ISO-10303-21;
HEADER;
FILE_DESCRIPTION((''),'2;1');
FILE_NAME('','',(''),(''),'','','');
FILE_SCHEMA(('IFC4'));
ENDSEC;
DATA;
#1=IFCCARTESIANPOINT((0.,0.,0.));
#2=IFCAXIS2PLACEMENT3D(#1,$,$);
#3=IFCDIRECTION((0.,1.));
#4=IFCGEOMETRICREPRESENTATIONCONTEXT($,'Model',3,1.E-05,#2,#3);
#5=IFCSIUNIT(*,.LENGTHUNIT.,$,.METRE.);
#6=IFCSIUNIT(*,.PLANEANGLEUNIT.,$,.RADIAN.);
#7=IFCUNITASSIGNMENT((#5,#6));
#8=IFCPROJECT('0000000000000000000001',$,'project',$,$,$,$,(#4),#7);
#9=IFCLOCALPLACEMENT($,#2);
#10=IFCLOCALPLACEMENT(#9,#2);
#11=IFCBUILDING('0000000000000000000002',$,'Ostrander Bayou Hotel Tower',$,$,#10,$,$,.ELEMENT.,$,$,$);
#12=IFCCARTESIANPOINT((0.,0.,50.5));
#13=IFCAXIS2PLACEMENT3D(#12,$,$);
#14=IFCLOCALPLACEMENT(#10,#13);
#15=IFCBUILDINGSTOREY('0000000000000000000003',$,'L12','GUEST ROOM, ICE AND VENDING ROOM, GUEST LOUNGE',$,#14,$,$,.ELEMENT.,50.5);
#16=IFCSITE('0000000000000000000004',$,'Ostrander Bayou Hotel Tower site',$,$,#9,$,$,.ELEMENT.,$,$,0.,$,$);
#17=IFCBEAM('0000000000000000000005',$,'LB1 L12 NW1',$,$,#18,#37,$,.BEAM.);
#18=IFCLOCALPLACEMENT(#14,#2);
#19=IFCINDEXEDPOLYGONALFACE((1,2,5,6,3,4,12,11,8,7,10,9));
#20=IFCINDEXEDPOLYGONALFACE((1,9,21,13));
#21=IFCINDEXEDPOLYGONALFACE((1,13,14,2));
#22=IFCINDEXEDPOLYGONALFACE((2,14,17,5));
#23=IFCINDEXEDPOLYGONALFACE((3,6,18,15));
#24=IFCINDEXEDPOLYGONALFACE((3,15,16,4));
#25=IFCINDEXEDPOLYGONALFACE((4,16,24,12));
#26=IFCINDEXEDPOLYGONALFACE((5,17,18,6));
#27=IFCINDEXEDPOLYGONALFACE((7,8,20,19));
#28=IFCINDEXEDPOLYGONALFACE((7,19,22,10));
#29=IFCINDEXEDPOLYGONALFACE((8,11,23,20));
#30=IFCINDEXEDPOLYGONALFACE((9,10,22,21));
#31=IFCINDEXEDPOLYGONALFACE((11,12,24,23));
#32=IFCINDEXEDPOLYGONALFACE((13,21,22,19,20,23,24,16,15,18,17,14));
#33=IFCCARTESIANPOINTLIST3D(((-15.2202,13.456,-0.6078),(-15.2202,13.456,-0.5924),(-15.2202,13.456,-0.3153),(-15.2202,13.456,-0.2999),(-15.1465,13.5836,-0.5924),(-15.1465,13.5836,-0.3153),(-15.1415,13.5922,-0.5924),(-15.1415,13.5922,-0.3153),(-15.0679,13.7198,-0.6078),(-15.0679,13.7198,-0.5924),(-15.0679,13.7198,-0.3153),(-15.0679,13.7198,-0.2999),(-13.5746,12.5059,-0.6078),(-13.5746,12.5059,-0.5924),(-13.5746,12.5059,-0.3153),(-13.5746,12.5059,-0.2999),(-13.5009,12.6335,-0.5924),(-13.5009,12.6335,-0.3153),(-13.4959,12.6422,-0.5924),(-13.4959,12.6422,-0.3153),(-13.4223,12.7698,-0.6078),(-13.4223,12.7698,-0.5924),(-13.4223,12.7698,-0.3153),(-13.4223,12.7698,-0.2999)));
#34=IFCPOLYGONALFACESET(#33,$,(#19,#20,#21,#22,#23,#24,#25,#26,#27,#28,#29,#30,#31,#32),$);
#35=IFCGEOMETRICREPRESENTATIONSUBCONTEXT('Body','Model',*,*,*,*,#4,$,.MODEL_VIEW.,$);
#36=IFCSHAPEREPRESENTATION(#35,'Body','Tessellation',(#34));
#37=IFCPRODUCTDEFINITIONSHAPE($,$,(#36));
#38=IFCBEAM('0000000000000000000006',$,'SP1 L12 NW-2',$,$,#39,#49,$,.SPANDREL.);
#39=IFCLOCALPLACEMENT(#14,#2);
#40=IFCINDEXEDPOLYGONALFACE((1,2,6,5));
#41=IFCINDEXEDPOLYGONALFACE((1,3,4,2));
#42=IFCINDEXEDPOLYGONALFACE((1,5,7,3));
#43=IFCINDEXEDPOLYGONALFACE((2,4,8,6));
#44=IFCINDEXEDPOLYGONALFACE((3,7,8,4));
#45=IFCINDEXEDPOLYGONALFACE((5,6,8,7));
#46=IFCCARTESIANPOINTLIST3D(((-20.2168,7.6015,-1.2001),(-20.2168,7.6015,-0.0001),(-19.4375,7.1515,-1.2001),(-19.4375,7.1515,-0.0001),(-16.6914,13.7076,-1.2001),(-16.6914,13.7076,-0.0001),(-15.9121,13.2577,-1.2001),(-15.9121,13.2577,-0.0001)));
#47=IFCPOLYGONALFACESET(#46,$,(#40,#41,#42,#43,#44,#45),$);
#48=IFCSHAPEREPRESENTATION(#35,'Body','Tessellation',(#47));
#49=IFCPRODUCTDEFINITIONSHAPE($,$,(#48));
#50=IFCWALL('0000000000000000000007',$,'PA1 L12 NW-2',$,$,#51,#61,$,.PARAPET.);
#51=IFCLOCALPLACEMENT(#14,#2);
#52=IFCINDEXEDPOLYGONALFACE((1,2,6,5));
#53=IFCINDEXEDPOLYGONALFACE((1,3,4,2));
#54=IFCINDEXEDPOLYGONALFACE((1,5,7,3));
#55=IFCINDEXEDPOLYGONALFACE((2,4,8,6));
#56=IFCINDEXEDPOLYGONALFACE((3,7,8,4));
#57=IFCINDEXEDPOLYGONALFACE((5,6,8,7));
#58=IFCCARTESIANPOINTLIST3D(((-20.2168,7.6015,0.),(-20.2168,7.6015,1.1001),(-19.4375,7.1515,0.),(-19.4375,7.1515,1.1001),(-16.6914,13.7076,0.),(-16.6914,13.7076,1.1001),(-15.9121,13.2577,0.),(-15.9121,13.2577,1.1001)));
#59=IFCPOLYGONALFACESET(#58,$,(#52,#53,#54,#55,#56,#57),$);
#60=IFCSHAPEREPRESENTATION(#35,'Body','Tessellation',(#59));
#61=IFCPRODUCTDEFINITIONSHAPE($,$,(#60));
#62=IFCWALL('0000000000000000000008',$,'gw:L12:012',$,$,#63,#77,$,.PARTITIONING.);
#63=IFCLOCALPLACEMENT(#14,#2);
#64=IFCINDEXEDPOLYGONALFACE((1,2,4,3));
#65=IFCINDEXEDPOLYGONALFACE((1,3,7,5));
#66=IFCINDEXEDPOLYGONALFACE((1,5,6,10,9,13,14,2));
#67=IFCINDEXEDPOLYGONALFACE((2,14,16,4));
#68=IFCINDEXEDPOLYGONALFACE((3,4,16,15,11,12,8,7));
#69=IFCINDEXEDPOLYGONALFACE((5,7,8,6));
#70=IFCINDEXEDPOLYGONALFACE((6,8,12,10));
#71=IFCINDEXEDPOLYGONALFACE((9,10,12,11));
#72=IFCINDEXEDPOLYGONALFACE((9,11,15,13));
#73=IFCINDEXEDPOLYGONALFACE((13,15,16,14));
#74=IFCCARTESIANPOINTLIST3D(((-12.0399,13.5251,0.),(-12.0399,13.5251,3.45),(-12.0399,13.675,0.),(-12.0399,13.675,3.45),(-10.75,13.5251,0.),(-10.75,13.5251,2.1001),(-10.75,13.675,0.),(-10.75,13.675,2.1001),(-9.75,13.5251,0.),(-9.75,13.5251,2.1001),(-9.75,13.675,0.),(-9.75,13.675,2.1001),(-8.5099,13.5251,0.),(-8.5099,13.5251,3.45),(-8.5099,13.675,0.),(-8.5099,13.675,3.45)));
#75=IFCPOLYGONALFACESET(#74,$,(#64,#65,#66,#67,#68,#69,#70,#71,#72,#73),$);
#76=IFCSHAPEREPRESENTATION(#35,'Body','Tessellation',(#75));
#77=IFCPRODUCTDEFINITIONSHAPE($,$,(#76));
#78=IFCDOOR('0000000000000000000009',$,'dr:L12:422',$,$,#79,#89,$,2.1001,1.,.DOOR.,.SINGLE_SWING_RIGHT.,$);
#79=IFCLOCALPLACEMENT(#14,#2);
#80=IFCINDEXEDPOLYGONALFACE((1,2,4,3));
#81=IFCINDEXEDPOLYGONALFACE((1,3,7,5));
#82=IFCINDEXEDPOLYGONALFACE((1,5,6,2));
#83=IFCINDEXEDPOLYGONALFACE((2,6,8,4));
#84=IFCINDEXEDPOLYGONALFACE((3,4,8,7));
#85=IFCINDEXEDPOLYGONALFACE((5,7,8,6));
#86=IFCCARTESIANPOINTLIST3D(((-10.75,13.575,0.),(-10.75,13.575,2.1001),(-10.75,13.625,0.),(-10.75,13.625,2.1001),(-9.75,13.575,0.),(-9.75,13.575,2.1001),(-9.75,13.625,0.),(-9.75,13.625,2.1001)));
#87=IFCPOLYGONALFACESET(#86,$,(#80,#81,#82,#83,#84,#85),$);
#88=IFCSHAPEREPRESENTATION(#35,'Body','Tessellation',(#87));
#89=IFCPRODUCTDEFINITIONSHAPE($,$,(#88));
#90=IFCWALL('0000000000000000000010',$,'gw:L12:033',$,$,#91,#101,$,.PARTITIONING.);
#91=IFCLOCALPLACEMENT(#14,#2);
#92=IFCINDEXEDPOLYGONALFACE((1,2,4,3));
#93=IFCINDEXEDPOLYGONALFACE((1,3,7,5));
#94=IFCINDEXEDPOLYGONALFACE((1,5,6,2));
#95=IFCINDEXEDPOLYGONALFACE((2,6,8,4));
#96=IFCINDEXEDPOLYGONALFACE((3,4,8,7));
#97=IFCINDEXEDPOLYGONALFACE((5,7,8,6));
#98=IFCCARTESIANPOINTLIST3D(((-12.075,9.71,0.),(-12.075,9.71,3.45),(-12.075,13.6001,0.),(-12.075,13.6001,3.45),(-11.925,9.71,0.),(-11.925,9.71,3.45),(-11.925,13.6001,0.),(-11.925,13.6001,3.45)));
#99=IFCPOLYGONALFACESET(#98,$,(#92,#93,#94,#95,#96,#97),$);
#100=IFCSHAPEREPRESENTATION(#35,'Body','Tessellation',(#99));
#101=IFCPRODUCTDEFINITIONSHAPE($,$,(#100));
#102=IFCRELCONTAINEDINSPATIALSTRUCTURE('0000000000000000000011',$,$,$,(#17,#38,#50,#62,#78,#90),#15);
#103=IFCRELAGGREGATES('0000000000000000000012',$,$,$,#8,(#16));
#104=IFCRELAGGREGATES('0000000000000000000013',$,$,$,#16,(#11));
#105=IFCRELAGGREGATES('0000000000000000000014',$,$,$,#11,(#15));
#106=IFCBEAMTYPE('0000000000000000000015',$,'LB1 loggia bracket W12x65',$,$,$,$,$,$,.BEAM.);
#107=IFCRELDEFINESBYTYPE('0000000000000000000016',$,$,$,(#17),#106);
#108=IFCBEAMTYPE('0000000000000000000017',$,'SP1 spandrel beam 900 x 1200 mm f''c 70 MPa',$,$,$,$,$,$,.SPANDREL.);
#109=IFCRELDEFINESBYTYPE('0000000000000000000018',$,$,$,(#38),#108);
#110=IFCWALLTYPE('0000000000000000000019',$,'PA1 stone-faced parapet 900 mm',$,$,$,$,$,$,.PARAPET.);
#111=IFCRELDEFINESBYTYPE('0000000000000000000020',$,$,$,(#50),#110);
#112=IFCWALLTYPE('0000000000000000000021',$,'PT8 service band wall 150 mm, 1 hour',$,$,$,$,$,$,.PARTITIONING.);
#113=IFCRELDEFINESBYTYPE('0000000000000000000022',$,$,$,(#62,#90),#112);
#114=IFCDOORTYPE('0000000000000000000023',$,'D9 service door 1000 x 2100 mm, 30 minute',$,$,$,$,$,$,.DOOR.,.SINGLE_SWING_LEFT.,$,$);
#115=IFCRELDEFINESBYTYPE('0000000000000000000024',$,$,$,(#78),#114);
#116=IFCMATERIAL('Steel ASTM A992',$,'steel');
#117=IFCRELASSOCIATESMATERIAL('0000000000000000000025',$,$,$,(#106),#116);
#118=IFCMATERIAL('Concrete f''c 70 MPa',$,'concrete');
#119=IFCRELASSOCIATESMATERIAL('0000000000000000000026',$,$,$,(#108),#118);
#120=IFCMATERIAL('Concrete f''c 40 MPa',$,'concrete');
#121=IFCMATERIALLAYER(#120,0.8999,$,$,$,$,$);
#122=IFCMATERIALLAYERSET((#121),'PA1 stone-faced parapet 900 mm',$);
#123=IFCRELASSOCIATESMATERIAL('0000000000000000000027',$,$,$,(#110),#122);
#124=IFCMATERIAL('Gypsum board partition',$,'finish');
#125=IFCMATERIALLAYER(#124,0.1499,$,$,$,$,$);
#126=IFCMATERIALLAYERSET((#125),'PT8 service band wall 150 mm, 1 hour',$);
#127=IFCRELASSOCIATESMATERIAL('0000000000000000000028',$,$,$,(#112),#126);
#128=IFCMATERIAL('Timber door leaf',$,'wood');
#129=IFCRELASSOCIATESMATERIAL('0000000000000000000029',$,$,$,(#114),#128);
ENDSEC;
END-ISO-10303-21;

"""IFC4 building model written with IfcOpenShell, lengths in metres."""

from ifc_helpers import new_model, si_unit, direction, frame, frame_2d, origin, origin_2d, place, context, subcontext, project, spatial, rectangle, i_section, extrude, material, layer, layer_set, material_profile, profile_set, type_object, element, fill, save


model = new_model("IFC4")

# Units and contexts
model_context = context("Model", 3, precision=1e-05, world=origin(), true_north=direction((0.0, 1.0)))
body_context = subcontext(model_context, "Body", "Model", "MODEL_VIEW")
ifc_project = project(units=[si_unit("LENGTHUNIT", "METRE"), si_unit("PLANEANGLEUNIT", "RADIAN")], contexts=[model_context])

# Site, building, storey
site_placement = place(None, origin())
site = spatial("IfcSite", under=ifc_project, at=site_placement, Name="Ostrander Bayou Hotel Tower site", CompositionType="ELEMENT", RefElevation=0.0)
building_placement = place(site_placement, origin())
building = spatial("IfcBuilding", under=site, at=building_placement, Name="Ostrander Bayou Hotel Tower", CompositionType="ELEMENT")
storey_placement = place(building_placement, frame((0.0, 0.0, 50.5)))
storey = spatial("IfcBuildingStorey", under=building, at=storey_placement, Name="L12", Description="GUEST ROOM, ICE AND VENDING ROOM, GUEST LOUNGE", CompositionType="ELEMENT", Elevation=50.5)

# Beams
ifc_material_1 = material(Name="Steel ASTM A992", Category="steel")
ifc_material_profile_1 = material_profile(ifc_material_1, i_section(OverallWidth=0.3047, OverallDepth=0.3079, WebThickness=0.01, FlangeThickness=0.0154, at=origin_2d()))
ifc_profile_set_1 = profile_set([ifc_material_profile_1], Name="Steel ASTM A992")
beam_type_1 = type_object("IfcBeamType", Name="LB1 loggia bracket W12x65", PredefinedType="BEAM", material=ifc_profile_set_1)
beam_1_placement = place(storey_placement, frame((-15.144, 13.5879, -0.4539), z_axis=(0.866044, -0.499967, 0.0), x_axis=(0.499967, 0.866044, 0.0)))
element("IfcBeam", 1, at=beam_1_placement, inside=storey, type_object=beam_type_1, Name="LB1 L12 NW1", PredefinedType="BEAM", context=body_context, shape_type="SweptSolid", body=[
    extrude(i_section(OverallWidth=0.3047, OverallDepth=0.3079, WebThickness=0.01, FlangeThickness=0.0154, at=origin_2d()), origin(), (0.0, 0.0, 1.0), 1.9001),
])
ifc_material_2 = material(Name="Concrete f'c 70 MPa", Category="concrete")
ifc_material_profile_2 = material_profile(ifc_material_2, rectangle(XDim=0.8999, YDim=1.2, at=origin_2d()))
ifc_profile_set_2 = profile_set([ifc_material_profile_2], Name="Concrete f'c 70 MPa")
beam_type_2 = type_object("IfcBeamType", Name="SP1 spandrel beam 900 x 1200 mm f'c 70 MPa", PredefinedType="SPANDREL", material=ifc_profile_set_2)
beam_2_placement = place(storey_placement, frame((-16.3018, 13.4827, -0.6001), z_axis=(-0.499997, -0.866027, 0.0), x_axis=(0.866027, -0.499997, 0.0)))
element("IfcBeam", 2, at=beam_2_placement, inside=storey, type_object=beam_type_2, Name="SP1 L12 NW-2", PredefinedType="SPANDREL", context=body_context, shape_type="SweptSolid", body=[
    extrude(rectangle(XDim=0.8999, YDim=1.2, at=origin_2d()), origin(), (0.0, 0.0, 1.0), 7.0508),
])

# Wall
ifc_material_3 = material(Name="Concrete f'c 40 MPa", Category="concrete")
ifc_layer_1 = layer(ifc_material_3, 0.8999)
ifc_layer_set_1 = layer_set([ifc_layer_1], Name="PA1 stone-faced parapet 900 mm")
wall_type_1 = type_object("IfcWallType", Name="PA1 stone-faced parapet 900 mm", PredefinedType="PARAPET", material=ifc_layer_set_1)
wall_1_placement = place(storey_placement, frame((-16.3018, 13.4827, 0.0), z_axis=(0.0, 0.0, 1.0), x_axis=(-0.499997, -0.866027, 0.0)))
element("IfcWall", 3, at=wall_1_placement, inside=storey, type_object=wall_type_1, Name="PA1 L12 NW-2", PredefinedType="PARAPET", context=body_context, shape_type="SweptSolid", body=[
    extrude(rectangle(XDim=7.0508, YDim=0.8999, at=frame_2d((3.5254, 0.0))), origin(), (0.0, 0.0, 1.0), 1.1001),
])

# Wall, opening, door
ifc_material_4 = material(Name="Gypsum board partition", Category="finish")
ifc_layer_2 = layer(ifc_material_4, 0.1499)
ifc_layer_set_2 = layer_set([ifc_layer_2], Name="PT8 service band wall 150 mm, 1 hour")
wall_type_2 = type_object("IfcWallType", Name="PT8 service band wall 150 mm, 1 hour", PredefinedType="PARTITIONING", material=ifc_layer_set_2)
wall_2_placement = place(storey_placement, frame((-12.04, 13.6001, 0.0), z_axis=(0.0, 0.0, 1.0), x_axis=(1.0, 0.0, 0.0)))
wall_2 = element("IfcWall", 4, at=wall_2_placement, inside=storey, type_object=wall_type_2, Name="gw:L12:012", PredefinedType="PARTITIONING", context=body_context, shape_type="SweptSolid", body=[
    extrude(rectangle(XDim=3.53, YDim=0.1499, at=frame_2d((1.7651, 0.0))), origin(), (0.0, 0.0, 1.0), 3.45),
])
opening_1_placement = place(wall_2_placement, frame((1.29, 0.0, 0.0)))
opening_1 = element("IfcOpeningElement", 5, at=opening_1_placement, cuts=wall_2, PredefinedType="OPENING", context=body_context, shape_type="SweptSolid", body=[
    extrude(rectangle(XDim=1.0, YDim=2.1001, at=frame_2d((0.5, 1.05))), frame((0.0, 0.075, 0.0), z_axis=(0.0, -1.0, 0.0), x_axis=(1.0, 0.0, 0.0)), (0.0, 0.0, 1.0), 0.1499),
])
ifc_material_5 = material(Name="Timber door leaf", Category="wood")
door_type_1 = type_object("IfcDoorType", Name="D9 service door 1000 x 2100 mm, 30 minute", OperationType="SINGLE_SWING_LEFT", PredefinedType="DOOR", material=ifc_material_5)
door_1_placement = place(opening_1_placement, origin())
door_1 = element("IfcDoor", 6, at=door_1_placement, inside=storey, type_object=door_type_1, Name="dr:L12:422", OperationType="SINGLE_SWING_RIGHT", OverallHeight=2.1001, OverallWidth=1.0, PredefinedType="DOOR", context=body_context, shape_type="SweptSolid", body=[
    extrude(rectangle(XDim=1.0, YDim=2.1001, at=frame_2d((0.5, 1.05))), frame((0.0, 0.0249, 0.0), z_axis=(0.0, -1.0, 0.0), x_axis=(1.0, 0.0, 0.0)), (0.0, 0.0, 1.0), 0.05),
])
fill(opening_1, door_1)

# Wall
wall_3_placement = place(storey_placement, frame((-12.0, 9.71, 0.0), z_axis=(0.0, 0.0, 1.0), x_axis=(0.0, 1.0, 0.0)))
element("IfcWall", 7, at=wall_3_placement, inside=storey, type_object=wall_type_2, Name="gw:L12:033", PredefinedType="PARTITIONING", context=body_context, shape_type="SweptSolid", body=[
    extrude(rectangle(XDim=3.8901, YDim=0.1499, at=frame_2d((1.9451, 0.0))), origin(), (0.0, 0.0, 1.0), 3.45),
])

save(model, "model.ifc")
